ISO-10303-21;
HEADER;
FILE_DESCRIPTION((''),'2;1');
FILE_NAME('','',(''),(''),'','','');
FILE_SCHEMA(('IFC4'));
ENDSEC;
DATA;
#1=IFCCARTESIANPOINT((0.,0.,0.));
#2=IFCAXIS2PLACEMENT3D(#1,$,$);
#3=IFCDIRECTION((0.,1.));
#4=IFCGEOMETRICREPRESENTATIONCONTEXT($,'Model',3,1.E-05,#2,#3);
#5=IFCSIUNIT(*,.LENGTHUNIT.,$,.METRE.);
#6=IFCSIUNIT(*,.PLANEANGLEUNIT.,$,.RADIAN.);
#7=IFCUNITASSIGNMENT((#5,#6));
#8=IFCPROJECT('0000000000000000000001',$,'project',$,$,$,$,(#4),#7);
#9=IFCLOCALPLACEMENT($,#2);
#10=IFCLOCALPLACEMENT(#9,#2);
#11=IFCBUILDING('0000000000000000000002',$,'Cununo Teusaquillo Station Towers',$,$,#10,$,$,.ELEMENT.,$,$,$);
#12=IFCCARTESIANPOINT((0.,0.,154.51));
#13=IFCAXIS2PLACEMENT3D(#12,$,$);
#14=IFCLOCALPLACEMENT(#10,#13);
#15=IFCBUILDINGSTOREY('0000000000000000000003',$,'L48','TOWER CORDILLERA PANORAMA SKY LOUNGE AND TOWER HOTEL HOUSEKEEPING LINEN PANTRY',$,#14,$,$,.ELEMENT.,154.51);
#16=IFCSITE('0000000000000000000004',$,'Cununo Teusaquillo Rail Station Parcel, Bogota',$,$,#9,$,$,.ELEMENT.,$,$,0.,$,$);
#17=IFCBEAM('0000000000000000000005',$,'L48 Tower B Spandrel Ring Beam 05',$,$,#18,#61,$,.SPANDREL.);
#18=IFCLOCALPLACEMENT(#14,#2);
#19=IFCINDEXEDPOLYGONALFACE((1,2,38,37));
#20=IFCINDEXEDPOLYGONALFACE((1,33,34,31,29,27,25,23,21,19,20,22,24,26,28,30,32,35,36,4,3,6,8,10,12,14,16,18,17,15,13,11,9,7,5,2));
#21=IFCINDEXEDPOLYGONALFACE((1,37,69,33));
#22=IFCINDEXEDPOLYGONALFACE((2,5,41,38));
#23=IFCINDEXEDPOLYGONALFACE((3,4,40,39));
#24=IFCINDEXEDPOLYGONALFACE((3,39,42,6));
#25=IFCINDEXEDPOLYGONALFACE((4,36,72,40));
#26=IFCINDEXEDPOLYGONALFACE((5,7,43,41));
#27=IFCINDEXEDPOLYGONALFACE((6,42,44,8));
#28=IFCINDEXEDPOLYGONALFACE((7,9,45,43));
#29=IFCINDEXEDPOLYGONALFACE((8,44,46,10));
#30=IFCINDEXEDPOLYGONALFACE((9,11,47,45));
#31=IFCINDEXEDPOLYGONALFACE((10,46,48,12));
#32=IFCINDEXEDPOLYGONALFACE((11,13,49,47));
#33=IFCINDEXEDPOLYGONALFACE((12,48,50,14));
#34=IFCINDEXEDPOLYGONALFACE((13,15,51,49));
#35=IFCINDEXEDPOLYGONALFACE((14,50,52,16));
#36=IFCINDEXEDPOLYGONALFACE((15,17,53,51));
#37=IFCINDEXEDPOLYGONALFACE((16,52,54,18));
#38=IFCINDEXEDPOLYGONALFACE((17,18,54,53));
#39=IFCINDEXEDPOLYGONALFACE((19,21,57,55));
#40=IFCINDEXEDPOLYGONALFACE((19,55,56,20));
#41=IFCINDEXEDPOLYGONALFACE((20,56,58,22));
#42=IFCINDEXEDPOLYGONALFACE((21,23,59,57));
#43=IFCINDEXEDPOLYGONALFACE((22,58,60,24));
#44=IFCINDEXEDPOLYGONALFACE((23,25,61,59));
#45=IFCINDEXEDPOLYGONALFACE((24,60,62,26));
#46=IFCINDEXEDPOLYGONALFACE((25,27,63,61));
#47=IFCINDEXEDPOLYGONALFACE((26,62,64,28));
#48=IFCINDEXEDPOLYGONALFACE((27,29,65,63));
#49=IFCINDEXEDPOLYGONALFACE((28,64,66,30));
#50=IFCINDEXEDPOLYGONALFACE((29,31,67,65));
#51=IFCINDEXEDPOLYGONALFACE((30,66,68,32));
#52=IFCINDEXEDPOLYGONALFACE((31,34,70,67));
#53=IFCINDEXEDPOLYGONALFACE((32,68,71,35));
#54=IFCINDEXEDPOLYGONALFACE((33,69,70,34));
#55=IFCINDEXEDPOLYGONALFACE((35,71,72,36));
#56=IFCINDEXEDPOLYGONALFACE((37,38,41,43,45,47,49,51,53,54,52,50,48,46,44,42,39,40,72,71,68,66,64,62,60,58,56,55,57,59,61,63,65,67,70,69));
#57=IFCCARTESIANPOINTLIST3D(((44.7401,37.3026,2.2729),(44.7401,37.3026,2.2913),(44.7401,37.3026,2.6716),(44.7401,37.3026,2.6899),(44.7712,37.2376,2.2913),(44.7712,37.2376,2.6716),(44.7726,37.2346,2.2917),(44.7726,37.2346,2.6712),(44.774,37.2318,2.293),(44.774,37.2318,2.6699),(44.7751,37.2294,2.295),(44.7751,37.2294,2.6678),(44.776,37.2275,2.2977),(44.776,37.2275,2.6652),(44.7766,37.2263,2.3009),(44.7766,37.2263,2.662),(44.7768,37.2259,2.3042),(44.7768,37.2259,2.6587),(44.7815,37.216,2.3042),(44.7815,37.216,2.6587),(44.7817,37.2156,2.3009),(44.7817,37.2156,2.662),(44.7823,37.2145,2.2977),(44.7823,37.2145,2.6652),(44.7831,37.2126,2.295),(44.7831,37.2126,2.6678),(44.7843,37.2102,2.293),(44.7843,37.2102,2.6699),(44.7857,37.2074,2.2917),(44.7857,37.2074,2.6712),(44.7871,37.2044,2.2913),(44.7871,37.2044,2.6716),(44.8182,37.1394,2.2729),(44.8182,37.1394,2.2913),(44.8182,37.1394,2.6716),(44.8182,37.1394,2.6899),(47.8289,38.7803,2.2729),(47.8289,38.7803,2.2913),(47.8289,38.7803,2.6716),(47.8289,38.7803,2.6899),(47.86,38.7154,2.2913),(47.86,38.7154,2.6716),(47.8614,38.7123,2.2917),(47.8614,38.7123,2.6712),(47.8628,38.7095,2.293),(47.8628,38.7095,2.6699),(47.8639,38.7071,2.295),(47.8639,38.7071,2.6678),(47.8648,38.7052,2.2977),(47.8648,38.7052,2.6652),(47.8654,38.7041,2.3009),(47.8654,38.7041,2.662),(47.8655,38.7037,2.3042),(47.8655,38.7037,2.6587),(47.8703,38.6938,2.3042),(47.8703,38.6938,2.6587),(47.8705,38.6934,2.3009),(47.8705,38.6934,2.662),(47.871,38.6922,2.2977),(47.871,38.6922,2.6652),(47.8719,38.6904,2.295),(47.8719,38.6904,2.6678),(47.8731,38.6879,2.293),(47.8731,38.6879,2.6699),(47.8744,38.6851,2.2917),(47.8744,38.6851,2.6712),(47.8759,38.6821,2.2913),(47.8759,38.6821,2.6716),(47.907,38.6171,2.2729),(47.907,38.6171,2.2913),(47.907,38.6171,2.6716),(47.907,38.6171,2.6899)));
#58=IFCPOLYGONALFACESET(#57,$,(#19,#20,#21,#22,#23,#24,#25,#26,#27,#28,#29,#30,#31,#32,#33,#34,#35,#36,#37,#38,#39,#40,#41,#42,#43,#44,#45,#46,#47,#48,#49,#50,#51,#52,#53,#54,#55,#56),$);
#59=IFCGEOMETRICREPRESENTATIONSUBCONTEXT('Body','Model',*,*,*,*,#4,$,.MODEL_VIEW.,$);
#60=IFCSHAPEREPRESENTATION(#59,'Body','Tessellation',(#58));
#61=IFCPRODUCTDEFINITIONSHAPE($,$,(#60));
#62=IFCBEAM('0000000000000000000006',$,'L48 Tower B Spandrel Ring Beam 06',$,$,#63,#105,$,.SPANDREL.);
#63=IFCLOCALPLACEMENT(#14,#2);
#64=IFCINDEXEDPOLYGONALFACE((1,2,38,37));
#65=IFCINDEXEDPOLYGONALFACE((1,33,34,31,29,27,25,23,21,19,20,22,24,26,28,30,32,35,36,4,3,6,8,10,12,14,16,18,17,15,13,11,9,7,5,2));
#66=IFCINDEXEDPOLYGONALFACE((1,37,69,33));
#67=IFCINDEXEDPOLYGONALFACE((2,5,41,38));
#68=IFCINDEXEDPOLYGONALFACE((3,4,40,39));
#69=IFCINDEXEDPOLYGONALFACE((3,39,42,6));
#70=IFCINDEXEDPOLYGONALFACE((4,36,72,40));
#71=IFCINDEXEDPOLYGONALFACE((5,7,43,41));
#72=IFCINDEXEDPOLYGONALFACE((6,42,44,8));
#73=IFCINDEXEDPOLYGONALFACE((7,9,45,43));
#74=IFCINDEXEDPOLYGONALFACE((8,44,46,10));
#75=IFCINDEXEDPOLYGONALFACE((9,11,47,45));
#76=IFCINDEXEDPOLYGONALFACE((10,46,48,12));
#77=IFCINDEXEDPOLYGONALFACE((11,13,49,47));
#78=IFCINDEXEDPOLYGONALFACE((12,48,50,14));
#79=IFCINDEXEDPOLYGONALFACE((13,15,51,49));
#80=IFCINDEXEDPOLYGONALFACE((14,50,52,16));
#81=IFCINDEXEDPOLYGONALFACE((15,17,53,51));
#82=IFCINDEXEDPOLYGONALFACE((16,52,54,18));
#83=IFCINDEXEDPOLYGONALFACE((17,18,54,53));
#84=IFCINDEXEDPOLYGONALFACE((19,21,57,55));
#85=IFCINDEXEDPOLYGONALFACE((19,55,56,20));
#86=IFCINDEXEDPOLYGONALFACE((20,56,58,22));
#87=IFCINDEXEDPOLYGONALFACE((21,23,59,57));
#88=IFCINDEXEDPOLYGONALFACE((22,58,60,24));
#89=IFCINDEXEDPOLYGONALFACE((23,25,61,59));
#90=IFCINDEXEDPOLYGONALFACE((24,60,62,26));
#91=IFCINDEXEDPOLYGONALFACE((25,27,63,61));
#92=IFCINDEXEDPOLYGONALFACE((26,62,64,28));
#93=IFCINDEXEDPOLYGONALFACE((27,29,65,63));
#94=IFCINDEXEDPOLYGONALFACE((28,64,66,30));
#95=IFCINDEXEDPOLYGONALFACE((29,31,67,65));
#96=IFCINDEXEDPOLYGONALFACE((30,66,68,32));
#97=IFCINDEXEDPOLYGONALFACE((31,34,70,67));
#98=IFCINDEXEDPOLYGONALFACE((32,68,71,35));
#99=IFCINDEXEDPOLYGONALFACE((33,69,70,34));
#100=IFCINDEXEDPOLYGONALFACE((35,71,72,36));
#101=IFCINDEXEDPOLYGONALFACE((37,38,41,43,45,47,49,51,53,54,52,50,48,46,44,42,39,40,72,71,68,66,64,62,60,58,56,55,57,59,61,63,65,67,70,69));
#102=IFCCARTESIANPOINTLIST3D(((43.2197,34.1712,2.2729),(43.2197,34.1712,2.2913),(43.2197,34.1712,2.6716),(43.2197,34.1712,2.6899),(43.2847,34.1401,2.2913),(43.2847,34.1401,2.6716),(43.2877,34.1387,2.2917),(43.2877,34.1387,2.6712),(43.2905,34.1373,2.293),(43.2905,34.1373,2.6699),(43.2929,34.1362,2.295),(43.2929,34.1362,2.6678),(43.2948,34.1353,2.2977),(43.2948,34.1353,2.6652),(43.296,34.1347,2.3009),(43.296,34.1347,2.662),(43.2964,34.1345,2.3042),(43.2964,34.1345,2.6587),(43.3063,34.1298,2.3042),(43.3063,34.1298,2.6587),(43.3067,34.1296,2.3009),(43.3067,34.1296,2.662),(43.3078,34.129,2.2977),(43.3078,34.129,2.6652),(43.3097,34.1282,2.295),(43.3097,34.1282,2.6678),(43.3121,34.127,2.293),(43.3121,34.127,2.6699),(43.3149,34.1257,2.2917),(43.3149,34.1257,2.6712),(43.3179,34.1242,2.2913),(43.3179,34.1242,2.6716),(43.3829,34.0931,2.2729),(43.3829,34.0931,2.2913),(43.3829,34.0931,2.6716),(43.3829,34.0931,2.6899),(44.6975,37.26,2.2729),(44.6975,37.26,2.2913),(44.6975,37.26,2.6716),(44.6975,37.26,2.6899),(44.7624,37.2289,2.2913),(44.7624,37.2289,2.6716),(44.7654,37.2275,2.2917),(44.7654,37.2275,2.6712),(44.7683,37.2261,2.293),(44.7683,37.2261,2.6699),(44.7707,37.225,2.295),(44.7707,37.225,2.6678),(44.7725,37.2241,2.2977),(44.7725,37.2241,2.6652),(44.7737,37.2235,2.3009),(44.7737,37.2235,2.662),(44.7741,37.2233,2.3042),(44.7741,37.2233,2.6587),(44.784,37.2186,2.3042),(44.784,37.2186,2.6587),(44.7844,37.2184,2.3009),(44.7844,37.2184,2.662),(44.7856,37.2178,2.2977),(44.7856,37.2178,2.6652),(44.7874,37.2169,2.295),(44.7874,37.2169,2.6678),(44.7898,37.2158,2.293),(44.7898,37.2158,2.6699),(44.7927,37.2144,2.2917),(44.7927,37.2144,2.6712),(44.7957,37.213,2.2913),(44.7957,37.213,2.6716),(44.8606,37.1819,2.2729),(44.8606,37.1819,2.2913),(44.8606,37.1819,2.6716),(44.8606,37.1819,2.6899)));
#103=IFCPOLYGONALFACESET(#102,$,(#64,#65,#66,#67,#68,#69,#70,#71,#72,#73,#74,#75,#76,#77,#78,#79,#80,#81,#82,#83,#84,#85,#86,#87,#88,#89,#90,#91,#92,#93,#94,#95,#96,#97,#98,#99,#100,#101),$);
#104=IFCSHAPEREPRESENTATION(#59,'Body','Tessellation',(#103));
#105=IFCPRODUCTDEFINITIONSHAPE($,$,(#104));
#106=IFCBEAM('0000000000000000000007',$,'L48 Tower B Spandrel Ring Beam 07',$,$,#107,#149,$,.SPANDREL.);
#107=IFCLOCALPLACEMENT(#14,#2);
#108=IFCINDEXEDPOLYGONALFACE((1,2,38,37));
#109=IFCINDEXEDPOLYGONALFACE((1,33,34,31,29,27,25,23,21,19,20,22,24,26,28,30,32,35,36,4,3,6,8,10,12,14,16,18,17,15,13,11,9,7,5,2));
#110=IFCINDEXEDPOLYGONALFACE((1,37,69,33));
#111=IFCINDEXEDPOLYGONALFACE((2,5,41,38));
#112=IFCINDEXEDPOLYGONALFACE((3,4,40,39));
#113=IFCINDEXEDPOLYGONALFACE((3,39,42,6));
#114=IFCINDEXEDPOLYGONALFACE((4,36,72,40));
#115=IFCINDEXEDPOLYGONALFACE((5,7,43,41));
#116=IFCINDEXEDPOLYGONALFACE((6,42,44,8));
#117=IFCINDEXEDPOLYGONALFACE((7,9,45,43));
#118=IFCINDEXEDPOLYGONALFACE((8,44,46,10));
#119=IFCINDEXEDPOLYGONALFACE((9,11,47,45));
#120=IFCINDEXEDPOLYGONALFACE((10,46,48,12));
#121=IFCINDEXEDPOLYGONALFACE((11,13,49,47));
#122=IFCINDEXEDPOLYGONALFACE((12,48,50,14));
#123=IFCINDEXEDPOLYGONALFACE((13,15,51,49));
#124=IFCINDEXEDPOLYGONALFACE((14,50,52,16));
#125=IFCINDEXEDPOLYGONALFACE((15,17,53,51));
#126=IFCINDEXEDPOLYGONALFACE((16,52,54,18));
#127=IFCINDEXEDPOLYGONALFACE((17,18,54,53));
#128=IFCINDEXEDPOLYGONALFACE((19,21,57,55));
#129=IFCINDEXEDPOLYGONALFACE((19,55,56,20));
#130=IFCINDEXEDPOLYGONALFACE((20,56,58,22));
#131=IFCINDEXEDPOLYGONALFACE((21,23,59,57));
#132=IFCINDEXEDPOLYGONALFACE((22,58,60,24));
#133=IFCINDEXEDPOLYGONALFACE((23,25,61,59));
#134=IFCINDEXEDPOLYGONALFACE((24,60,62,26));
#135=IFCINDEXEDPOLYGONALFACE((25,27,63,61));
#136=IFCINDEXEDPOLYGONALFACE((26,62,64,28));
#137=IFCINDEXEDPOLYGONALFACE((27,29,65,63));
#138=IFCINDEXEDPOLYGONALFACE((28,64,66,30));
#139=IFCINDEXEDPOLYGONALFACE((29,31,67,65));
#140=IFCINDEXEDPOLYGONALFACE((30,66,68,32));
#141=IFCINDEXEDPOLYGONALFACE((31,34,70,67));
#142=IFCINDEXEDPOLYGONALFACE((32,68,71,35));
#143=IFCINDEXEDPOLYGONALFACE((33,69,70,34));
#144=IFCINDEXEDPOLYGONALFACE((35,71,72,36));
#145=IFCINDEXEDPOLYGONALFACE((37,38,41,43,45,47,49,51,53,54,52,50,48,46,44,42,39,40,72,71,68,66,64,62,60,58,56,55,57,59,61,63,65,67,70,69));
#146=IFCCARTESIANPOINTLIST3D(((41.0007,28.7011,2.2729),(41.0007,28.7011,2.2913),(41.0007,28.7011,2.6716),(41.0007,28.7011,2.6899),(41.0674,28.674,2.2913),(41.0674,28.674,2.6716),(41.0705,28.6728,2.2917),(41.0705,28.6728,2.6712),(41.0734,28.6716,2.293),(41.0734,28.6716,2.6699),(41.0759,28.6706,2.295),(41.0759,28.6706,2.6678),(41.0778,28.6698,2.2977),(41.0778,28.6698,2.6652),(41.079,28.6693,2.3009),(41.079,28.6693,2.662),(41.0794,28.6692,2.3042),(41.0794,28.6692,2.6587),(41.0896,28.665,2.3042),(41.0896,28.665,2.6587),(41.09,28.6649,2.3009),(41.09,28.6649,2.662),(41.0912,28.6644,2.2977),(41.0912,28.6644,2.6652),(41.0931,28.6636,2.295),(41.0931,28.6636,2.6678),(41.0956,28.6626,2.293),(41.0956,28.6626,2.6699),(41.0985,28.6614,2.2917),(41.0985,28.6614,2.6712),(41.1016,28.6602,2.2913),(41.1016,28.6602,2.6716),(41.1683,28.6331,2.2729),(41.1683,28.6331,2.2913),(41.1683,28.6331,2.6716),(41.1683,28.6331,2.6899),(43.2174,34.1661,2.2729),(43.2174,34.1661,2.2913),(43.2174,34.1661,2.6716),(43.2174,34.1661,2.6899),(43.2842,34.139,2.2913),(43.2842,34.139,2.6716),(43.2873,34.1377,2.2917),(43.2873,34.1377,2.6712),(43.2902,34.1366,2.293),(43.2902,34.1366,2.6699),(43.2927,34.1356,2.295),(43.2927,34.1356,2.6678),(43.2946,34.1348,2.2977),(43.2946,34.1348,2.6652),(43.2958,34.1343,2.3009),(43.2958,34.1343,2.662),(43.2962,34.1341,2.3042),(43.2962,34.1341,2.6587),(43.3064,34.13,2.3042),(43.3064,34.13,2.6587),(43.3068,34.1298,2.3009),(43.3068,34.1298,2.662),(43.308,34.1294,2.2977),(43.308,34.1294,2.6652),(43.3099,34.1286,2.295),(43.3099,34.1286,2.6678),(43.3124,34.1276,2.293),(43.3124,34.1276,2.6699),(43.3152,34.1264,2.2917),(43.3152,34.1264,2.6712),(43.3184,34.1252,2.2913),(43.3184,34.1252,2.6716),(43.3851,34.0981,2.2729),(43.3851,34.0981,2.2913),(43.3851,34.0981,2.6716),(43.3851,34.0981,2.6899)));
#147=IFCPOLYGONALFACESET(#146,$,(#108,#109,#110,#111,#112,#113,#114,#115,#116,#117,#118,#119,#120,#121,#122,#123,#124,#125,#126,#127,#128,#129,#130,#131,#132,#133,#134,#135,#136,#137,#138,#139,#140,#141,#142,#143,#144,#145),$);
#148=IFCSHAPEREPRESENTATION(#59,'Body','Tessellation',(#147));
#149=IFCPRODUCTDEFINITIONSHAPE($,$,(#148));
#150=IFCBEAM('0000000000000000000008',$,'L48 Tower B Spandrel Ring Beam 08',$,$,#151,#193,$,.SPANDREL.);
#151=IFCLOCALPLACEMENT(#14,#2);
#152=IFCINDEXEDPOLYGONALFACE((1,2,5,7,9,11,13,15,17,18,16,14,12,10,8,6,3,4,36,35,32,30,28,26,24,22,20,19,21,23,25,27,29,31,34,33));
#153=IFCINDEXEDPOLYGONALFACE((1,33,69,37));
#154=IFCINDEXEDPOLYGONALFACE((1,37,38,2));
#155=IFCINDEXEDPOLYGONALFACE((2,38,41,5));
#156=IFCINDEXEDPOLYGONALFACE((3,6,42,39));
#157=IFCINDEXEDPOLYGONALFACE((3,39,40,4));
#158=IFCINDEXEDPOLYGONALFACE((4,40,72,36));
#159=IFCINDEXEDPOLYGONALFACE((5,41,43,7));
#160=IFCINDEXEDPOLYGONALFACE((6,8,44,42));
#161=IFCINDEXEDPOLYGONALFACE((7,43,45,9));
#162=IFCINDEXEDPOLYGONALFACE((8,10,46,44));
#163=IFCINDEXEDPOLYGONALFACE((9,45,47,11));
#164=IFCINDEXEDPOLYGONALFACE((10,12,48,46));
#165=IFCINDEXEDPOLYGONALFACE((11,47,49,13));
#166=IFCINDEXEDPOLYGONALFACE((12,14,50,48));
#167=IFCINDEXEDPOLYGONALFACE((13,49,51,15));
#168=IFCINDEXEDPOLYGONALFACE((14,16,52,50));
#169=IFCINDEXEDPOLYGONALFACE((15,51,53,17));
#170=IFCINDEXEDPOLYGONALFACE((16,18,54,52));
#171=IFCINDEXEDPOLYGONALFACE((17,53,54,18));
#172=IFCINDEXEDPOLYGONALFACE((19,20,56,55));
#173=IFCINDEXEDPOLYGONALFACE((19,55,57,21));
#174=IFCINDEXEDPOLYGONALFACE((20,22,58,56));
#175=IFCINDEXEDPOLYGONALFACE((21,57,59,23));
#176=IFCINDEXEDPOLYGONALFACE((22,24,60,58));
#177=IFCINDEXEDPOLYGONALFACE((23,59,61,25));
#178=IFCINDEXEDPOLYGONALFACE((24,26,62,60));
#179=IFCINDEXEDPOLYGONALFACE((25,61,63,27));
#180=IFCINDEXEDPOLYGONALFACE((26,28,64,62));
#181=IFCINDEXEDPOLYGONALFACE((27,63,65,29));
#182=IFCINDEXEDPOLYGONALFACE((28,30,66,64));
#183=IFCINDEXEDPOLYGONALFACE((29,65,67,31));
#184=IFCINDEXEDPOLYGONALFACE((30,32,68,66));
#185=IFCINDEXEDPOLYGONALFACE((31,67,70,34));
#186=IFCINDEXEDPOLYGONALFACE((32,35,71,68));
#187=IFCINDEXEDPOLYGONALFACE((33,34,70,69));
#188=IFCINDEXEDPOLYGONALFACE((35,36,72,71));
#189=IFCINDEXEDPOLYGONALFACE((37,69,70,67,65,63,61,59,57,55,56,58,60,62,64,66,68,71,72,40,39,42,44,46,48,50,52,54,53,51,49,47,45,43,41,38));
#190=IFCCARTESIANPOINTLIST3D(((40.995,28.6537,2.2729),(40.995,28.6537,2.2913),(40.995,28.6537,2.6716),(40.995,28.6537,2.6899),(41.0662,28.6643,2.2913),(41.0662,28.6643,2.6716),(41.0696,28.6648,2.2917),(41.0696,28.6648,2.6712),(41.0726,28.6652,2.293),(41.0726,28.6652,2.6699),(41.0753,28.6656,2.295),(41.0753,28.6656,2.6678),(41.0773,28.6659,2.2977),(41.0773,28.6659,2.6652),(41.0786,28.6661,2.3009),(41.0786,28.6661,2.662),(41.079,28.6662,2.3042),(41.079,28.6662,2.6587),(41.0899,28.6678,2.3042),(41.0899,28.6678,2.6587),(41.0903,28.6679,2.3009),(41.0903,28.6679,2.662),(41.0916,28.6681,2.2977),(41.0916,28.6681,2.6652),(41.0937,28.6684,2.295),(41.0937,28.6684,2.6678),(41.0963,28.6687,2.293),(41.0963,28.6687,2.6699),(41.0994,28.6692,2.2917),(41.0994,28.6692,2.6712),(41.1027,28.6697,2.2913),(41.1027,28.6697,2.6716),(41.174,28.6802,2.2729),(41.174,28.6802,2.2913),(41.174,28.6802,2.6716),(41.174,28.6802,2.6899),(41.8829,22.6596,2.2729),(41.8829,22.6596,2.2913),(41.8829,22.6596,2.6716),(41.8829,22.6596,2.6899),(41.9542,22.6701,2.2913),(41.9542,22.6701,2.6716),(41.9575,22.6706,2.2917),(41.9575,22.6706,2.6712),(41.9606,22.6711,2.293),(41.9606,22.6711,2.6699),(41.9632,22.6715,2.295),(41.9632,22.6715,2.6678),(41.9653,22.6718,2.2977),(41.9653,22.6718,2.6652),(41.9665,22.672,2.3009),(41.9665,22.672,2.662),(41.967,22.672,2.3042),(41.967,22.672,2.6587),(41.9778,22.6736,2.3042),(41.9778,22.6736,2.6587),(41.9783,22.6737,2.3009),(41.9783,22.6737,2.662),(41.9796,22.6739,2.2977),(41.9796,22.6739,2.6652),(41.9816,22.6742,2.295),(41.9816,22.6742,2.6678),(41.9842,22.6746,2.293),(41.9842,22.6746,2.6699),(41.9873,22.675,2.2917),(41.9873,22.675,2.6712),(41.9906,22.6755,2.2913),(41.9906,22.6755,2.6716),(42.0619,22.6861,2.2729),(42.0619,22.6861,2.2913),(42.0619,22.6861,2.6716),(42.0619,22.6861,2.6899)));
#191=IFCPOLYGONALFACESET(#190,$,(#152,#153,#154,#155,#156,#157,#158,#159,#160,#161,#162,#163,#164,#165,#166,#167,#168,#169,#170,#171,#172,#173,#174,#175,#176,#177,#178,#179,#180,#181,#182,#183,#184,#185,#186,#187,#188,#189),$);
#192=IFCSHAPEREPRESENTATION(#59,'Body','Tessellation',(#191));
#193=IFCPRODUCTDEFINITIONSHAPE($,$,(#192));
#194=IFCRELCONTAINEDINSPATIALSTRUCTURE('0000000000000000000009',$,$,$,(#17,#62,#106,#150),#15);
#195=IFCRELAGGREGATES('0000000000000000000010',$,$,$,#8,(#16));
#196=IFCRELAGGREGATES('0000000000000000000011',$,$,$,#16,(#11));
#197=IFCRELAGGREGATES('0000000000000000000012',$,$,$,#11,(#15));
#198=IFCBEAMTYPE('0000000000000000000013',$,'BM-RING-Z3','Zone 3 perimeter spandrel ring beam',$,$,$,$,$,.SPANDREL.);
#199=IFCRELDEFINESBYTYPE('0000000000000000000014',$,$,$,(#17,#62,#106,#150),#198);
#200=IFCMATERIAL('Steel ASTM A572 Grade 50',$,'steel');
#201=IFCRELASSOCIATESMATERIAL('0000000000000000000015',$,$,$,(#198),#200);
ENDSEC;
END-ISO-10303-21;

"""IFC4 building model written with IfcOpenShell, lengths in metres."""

from ifc_helpers import new_model, si_unit, direction, frame, origin, origin_2d, place, context, subcontext, project, spatial, i_section, extrude, material, material_profile, profile_set, type_object, element, save


model = new_model("IFC4")

# Units and contexts
model_context = context("Model", 3, precision=1e-05, world=origin(), true_north=direction((0.0, 1.0)))
body_context = subcontext(model_context, "Body", "Model", "MODEL_VIEW")
ifc_project = project(units=[si_unit("LENGTHUNIT", "METRE"), si_unit("PLANEANGLEUNIT", "RADIAN")], contexts=[model_context])

# Site, building, storey
site_placement = place(None, origin())
site = spatial("IfcSite", under=ifc_project, at=site_placement, Name="Cununo Teusaquillo Rail Station Parcel, Bogota", CompositionType="ELEMENT", RefElevation=0.0)
building_placement = place(site_placement, origin())
building = spatial("IfcBuilding", under=site, at=building_placement, Name="Cununo Teusaquillo Station Towers", CompositionType="ELEMENT")
storey_placement = place(building_placement, frame((0.0, 0.0, 154.51)))
storey = spatial("IfcBuildingStorey", under=building, at=storey_placement, Name="L48", Description="TOWER CORDILLERA PANORAMA SKY LOUNGE AND TOWER HOTEL HOUSEKEEPING LINEN PANTRY", CompositionType="ELEMENT", Elevation=154.51)

# Beams
ifc_material_1 = material(Name="Steel ASTM A572 Grade 50", Category="steel")
ifc_material_profile_1 = material_profile(ifc_material_1, i_section(OverallWidth=0.1809, OverallDepth=0.417, WebThickness=0.011, FlangeThickness=0.0183, FilletRadius=0.0129, at=origin_2d()), Name="W16X57")
ifc_profile_set_1 = profile_set([ifc_material_profile_1], Name="Steel ASTM A572 Grade 50")
beam_type_1 = type_object("IfcBeamType", Name="BM-RING-Z3", Description="Zone 3 perimeter spandrel ring beam", PredefinedType="SPANDREL", material=ifc_profile_set_1)
for number, where, z_axis, x_axis, name in (
    (1, (47.8679, 38.6987, 2.4814), (-0.902078, -0.431574, 0.0), (0.431574, -0.902078, 0.0), "L48 Tower B Spandrel Ring Beam 05"),
    (2, (44.7791, 37.2209, 2.4814), (-0.431574, -0.902078, 0.0), (0.902078, -0.431574, 0.0), "L48 Tower B Spandrel Ring Beam 06"),
):
    element("IfcBeam", number, at=place(storey_placement, frame(where, z_axis=z_axis, x_axis=x_axis)), inside=storey, type_object=beam_type_1, Name=name, PredefinedType="SPANDREL", context=body_context, shape_type="SweptSolid", body=[
        extrude(i_section(OverallWidth=0.1809, OverallDepth=0.417, WebThickness=0.011, FlangeThickness=0.0183, FilletRadius=0.0129, at=origin_2d()), origin(), (0.0, 0.0, 1.0), 3.4241),
    ])
beam_1_placement = place(storey_placement, frame((43.3013, 34.1321, 2.4814), z_axis=(-0.375883, -0.926667, 0.0), x_axis=(0.926667, -0.375883, 0.0)))
element("IfcBeam", 3, at=beam_1_placement, inside=storey, type_object=beam_type_1, Name="L48 Tower B Spandrel Ring Beam 07", PredefinedType="SPANDREL", context=body_context, shape_type="SweptSolid", body=[
    extrude(i_section(OverallWidth=0.1809, OverallDepth=0.417, WebThickness=0.011, FlangeThickness=0.0183, FilletRadius=0.0129, at=origin_2d()), origin(), (0.0, 0.0, 1.0), 5.8975),
])
beam_2_placement = place(storey_placement, frame((41.0845, 28.667, 2.4814), z_axis=(0.146536, -0.989205, 0.0), x_axis=(0.989205, 0.146536, 0.0)))
element("IfcBeam", 4, at=beam_2_placement, inside=storey, type_object=beam_type_1, Name="L48 Tower B Spandrel Ring Beam 08", PredefinedType="SPANDREL", context=body_context, shape_type="SweptSolid", body=[
    extrude(i_section(OverallWidth=0.1809, OverallDepth=0.417, WebThickness=0.011, FlangeThickness=0.0183, FilletRadius=0.0129, at=origin_2d()), origin(), (0.0, 0.0, 1.0), 6.0596),
])

save(model, "model.ifc")
